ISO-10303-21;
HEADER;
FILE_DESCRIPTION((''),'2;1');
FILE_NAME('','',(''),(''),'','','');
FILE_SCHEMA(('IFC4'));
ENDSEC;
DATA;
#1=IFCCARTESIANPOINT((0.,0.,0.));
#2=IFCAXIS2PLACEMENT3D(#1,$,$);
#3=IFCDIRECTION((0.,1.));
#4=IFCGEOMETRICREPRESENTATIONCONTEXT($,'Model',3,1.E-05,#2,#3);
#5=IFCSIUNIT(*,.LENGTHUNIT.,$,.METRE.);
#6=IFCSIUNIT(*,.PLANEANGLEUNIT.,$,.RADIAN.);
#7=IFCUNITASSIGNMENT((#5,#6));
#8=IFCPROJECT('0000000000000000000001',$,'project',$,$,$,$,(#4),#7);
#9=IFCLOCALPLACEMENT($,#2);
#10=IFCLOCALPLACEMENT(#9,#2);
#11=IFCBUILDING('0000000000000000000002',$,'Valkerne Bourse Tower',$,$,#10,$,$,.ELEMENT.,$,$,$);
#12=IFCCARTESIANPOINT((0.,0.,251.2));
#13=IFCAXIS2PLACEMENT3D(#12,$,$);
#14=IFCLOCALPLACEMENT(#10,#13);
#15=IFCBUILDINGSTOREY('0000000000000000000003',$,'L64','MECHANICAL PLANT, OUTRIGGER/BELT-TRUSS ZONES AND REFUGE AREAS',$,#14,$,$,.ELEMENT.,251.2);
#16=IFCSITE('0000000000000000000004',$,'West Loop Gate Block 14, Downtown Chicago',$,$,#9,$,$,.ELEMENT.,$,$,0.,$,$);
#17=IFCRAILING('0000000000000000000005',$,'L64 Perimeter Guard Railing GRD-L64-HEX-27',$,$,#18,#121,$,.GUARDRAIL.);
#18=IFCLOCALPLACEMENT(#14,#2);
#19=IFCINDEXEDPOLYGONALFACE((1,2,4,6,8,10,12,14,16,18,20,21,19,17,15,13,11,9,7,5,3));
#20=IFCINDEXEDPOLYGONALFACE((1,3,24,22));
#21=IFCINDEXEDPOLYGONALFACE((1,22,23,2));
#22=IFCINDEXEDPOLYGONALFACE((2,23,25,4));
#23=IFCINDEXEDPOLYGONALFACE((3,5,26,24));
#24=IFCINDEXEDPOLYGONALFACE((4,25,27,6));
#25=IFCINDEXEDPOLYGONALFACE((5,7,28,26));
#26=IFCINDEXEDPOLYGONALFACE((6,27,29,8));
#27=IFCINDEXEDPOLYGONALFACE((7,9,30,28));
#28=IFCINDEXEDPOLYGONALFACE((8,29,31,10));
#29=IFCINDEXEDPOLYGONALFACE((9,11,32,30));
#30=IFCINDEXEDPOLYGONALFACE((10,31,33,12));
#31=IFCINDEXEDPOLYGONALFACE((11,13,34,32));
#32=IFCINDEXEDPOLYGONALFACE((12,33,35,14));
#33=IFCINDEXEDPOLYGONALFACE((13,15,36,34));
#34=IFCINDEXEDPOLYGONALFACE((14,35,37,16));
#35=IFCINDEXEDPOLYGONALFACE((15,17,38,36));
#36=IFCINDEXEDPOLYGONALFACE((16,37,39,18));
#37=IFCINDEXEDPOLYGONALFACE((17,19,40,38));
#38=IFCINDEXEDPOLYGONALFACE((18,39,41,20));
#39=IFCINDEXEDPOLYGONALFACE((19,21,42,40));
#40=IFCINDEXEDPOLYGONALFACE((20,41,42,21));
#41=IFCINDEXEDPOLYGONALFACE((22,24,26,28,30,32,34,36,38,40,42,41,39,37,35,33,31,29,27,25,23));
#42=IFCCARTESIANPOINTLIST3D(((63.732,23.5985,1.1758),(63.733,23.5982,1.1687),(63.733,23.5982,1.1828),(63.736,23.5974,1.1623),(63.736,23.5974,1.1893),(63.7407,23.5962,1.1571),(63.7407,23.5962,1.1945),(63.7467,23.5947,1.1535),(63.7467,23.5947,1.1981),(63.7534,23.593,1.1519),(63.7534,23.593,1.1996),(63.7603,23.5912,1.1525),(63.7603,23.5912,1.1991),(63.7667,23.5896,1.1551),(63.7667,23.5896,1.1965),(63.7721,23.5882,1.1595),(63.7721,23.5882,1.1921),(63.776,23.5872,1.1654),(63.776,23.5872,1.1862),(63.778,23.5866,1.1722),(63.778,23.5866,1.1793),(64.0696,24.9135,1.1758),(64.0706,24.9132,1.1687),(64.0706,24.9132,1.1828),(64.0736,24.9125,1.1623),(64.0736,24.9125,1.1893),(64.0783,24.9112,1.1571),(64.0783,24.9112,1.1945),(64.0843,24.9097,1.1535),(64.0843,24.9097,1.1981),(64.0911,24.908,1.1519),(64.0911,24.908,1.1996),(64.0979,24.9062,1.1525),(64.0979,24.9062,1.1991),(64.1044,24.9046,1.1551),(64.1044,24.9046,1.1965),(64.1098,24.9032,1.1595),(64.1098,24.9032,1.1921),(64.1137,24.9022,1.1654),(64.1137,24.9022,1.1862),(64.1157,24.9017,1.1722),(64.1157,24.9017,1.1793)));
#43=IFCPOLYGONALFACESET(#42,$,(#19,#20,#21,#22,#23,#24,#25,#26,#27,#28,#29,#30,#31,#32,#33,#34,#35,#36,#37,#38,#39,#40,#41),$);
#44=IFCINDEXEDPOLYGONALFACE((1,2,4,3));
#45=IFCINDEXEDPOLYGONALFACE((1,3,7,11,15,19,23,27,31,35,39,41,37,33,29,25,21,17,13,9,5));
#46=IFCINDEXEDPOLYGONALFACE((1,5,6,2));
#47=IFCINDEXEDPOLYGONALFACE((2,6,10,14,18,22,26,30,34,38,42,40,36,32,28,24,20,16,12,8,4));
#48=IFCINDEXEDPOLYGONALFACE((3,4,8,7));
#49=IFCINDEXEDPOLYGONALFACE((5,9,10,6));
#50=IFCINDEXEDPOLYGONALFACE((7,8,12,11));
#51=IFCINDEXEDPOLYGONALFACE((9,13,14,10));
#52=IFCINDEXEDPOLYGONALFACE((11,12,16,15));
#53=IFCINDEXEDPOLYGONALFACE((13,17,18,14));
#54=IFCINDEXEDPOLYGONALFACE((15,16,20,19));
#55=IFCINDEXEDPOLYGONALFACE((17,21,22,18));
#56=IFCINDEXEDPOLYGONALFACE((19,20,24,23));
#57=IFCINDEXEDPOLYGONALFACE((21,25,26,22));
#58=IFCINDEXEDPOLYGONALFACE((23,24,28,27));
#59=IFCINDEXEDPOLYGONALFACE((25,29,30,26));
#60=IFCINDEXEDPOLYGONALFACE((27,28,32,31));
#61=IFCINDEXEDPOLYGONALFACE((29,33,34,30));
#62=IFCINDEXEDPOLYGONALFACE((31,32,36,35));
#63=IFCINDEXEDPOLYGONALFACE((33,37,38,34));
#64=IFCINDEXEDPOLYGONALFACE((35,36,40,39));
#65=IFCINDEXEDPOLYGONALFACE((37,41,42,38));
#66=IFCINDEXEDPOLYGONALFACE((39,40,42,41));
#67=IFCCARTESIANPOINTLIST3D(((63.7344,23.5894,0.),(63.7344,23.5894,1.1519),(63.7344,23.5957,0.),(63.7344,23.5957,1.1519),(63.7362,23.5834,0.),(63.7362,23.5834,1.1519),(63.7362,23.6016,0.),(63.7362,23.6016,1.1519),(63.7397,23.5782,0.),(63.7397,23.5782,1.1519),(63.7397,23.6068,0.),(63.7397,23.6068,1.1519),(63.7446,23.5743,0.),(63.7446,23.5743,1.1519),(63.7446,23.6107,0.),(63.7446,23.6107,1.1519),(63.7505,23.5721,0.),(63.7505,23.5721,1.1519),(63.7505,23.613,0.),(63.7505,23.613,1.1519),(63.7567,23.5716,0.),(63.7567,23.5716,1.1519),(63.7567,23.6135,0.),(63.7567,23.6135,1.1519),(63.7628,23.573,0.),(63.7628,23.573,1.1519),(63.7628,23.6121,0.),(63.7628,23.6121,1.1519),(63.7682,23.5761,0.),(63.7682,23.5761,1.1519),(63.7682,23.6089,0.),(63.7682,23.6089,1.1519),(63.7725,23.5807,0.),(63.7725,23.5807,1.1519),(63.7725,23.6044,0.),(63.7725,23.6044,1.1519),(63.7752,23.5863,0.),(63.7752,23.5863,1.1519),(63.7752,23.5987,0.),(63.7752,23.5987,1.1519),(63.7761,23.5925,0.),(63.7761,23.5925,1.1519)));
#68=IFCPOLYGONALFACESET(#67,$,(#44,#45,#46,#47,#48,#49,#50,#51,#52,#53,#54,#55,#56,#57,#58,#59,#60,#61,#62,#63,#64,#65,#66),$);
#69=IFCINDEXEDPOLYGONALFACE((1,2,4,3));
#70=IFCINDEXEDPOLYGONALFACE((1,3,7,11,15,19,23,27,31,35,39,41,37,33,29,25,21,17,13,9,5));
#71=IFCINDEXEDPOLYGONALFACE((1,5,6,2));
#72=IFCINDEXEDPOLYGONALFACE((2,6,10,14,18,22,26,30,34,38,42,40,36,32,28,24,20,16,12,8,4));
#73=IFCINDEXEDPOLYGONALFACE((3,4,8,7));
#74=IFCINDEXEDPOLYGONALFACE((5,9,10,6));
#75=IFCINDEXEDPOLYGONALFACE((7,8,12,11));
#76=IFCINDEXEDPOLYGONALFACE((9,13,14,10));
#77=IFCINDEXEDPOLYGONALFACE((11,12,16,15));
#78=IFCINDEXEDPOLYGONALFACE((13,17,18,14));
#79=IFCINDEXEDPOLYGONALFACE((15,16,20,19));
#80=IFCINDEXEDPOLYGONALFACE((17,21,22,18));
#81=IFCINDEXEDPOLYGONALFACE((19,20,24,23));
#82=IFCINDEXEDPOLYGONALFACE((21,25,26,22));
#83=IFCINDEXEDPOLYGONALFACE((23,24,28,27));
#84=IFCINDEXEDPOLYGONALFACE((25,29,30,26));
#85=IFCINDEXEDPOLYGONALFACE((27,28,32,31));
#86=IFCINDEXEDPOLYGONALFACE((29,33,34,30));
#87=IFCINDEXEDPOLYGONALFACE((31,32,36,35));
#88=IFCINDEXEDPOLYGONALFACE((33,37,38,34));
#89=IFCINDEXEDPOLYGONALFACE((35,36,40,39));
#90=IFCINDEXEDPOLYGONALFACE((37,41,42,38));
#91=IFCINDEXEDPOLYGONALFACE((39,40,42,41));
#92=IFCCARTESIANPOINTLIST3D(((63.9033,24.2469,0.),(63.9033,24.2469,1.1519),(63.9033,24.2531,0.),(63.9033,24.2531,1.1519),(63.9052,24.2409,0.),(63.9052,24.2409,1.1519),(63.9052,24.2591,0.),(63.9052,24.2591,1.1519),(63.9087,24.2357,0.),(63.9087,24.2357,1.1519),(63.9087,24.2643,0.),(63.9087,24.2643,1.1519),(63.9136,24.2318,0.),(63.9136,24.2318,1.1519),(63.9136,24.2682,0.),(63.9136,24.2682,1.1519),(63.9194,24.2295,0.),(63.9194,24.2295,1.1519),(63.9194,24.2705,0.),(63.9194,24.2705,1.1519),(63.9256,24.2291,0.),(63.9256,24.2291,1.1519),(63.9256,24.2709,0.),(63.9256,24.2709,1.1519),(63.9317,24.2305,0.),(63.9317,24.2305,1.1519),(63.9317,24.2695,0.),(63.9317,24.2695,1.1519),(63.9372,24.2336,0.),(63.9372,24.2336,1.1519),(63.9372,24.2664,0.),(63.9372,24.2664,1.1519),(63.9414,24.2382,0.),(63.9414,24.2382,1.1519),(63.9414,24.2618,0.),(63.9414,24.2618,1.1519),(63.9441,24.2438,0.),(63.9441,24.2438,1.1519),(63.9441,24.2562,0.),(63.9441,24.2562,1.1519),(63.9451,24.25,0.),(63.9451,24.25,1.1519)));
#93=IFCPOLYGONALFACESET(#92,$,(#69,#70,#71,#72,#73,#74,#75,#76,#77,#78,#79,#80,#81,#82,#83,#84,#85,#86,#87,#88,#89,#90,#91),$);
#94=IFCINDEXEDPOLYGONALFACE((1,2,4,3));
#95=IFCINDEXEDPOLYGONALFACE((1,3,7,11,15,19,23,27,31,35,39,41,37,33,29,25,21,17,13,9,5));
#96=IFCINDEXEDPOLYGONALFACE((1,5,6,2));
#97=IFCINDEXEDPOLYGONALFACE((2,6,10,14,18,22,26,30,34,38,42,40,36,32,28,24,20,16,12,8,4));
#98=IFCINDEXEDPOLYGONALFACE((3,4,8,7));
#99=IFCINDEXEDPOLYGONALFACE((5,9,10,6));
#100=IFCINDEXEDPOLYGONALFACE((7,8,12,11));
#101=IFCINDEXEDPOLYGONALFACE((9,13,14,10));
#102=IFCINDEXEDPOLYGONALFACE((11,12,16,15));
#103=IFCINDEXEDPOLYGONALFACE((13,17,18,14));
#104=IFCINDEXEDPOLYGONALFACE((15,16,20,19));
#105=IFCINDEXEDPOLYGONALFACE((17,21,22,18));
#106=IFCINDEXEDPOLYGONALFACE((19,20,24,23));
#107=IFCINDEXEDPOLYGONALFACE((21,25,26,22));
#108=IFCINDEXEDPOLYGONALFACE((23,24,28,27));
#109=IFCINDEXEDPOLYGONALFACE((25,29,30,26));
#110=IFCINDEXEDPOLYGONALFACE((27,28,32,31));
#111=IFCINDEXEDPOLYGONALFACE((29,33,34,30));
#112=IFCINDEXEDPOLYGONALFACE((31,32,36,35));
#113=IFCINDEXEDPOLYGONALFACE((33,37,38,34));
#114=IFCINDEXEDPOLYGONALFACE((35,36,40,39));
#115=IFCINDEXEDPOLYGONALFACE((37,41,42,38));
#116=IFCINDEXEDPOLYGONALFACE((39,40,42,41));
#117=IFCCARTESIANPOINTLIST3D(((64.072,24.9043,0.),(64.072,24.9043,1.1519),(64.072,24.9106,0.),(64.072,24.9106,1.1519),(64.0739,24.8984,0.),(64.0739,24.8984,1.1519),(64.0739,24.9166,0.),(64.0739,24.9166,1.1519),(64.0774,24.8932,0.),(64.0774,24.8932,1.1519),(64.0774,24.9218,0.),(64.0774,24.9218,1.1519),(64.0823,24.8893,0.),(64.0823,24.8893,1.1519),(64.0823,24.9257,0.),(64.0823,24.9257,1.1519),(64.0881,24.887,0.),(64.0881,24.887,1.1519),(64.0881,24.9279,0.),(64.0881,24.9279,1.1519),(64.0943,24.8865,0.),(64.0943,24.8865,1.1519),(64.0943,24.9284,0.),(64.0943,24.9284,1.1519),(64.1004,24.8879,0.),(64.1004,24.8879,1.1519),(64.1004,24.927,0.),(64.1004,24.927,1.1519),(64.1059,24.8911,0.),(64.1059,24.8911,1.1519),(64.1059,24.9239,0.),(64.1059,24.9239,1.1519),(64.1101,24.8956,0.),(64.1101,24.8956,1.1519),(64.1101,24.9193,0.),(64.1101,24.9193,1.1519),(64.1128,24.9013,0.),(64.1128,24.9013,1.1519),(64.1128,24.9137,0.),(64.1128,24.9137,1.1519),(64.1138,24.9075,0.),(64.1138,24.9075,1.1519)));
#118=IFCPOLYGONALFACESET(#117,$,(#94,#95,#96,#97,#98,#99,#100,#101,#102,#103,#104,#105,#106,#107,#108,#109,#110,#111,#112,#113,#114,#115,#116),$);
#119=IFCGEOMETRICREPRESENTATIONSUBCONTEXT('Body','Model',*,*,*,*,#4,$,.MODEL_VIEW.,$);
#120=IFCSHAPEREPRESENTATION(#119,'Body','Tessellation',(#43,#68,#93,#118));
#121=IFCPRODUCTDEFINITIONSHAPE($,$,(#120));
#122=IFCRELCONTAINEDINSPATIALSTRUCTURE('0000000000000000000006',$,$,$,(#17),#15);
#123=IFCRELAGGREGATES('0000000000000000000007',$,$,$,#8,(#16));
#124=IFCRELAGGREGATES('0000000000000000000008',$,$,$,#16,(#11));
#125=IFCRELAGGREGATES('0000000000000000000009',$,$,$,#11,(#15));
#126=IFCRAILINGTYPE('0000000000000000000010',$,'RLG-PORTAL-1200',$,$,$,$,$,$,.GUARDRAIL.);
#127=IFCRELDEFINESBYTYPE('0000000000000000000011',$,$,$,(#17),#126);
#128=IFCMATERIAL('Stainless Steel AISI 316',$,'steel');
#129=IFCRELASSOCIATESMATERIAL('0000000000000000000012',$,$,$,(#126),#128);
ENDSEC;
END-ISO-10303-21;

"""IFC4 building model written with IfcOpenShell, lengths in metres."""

from ifc_helpers import new_model, si_unit, direction, frame, origin, origin_2d, place, context, subcontext, project, spatial, circle, extrude, material, type_object, element, save


model = new_model("IFC4")

# Units and contexts
model_context = context("Model", 3, precision=1e-05, world=origin(), true_north=direction((0.0, 1.0)))
body_context = subcontext(model_context, "Body", "Model", "MODEL_VIEW")
ifc_project = project(units=[si_unit("LENGTHUNIT", "METRE"), si_unit("PLANEANGLEUNIT", "RADIAN")], contexts=[model_context])

# Site, building, storey
site_placement = place(None, origin())
site = spatial("IfcSite", under=ifc_project, at=site_placement, Name="West Loop Gate Block 14, Downtown Chicago", CompositionType="ELEMENT", RefElevation=0.0)
building_placement = place(site_placement, origin())
building = spatial("IfcBuilding", under=site, at=building_placement, Name="Valkerne Bourse Tower", CompositionType="ELEMENT")
storey_placement = place(building_placement, frame((0.0, 0.0, 251.2)))
storey = spatial("IfcBuildingStorey", under=building, at=storey_placement, Name="L64", Description="MECHANICAL PLANT, OUTRIGGER/BELT-TRUSS ZONES AND REFUGE AREAS", CompositionType="ELEMENT", Elevation=251.2)

# Railing
ifc_material_1 = material(Name="Stainless Steel AISI 316", Category="steel")
railing_type = type_object("IfcRailingType", Name="RLG-PORTAL-1200", PredefinedType="GUARDRAIL", material=ifc_material_1)
railing_1_placement = place(storey_placement, frame((63.7551, 23.5925, 0.0)))
element("IfcRailing", 1, at=railing_1_placement, inside=storey, type_object=railing_type, Name="L64 Perimeter Guard Railing GRD-L64-HEX-27", PredefinedType="GUARDRAIL", context=body_context, shape_type="SweptSolid", body=[
    extrude(circle(Radius=0.0239, at=origin_2d()), frame((0.0, 0.0, 1.1758), z_axis=(0.248708, 0.968578, 0.0), x_axis=(-0.968578, 0.248708, 0.0)), (0.0, 0.0, 1.0), 1.3577),
    extrude(circle(Radius=0.021, at=origin_2d()), origin(), (0.0, 0.0, 1.0), 1.1519),
    extrude(circle(Radius=0.021, at=origin_2d()), frame((0.1689, 0.6575, 0.0)), (0.0, 0.0, 1.0), 1.1519),
    extrude(circle(Radius=0.021, at=origin_2d()), frame((0.3376, 1.3149, 0.0)), (0.0, 0.0, 1.0), 1.1519),
])

save(model, "model.ifc")
